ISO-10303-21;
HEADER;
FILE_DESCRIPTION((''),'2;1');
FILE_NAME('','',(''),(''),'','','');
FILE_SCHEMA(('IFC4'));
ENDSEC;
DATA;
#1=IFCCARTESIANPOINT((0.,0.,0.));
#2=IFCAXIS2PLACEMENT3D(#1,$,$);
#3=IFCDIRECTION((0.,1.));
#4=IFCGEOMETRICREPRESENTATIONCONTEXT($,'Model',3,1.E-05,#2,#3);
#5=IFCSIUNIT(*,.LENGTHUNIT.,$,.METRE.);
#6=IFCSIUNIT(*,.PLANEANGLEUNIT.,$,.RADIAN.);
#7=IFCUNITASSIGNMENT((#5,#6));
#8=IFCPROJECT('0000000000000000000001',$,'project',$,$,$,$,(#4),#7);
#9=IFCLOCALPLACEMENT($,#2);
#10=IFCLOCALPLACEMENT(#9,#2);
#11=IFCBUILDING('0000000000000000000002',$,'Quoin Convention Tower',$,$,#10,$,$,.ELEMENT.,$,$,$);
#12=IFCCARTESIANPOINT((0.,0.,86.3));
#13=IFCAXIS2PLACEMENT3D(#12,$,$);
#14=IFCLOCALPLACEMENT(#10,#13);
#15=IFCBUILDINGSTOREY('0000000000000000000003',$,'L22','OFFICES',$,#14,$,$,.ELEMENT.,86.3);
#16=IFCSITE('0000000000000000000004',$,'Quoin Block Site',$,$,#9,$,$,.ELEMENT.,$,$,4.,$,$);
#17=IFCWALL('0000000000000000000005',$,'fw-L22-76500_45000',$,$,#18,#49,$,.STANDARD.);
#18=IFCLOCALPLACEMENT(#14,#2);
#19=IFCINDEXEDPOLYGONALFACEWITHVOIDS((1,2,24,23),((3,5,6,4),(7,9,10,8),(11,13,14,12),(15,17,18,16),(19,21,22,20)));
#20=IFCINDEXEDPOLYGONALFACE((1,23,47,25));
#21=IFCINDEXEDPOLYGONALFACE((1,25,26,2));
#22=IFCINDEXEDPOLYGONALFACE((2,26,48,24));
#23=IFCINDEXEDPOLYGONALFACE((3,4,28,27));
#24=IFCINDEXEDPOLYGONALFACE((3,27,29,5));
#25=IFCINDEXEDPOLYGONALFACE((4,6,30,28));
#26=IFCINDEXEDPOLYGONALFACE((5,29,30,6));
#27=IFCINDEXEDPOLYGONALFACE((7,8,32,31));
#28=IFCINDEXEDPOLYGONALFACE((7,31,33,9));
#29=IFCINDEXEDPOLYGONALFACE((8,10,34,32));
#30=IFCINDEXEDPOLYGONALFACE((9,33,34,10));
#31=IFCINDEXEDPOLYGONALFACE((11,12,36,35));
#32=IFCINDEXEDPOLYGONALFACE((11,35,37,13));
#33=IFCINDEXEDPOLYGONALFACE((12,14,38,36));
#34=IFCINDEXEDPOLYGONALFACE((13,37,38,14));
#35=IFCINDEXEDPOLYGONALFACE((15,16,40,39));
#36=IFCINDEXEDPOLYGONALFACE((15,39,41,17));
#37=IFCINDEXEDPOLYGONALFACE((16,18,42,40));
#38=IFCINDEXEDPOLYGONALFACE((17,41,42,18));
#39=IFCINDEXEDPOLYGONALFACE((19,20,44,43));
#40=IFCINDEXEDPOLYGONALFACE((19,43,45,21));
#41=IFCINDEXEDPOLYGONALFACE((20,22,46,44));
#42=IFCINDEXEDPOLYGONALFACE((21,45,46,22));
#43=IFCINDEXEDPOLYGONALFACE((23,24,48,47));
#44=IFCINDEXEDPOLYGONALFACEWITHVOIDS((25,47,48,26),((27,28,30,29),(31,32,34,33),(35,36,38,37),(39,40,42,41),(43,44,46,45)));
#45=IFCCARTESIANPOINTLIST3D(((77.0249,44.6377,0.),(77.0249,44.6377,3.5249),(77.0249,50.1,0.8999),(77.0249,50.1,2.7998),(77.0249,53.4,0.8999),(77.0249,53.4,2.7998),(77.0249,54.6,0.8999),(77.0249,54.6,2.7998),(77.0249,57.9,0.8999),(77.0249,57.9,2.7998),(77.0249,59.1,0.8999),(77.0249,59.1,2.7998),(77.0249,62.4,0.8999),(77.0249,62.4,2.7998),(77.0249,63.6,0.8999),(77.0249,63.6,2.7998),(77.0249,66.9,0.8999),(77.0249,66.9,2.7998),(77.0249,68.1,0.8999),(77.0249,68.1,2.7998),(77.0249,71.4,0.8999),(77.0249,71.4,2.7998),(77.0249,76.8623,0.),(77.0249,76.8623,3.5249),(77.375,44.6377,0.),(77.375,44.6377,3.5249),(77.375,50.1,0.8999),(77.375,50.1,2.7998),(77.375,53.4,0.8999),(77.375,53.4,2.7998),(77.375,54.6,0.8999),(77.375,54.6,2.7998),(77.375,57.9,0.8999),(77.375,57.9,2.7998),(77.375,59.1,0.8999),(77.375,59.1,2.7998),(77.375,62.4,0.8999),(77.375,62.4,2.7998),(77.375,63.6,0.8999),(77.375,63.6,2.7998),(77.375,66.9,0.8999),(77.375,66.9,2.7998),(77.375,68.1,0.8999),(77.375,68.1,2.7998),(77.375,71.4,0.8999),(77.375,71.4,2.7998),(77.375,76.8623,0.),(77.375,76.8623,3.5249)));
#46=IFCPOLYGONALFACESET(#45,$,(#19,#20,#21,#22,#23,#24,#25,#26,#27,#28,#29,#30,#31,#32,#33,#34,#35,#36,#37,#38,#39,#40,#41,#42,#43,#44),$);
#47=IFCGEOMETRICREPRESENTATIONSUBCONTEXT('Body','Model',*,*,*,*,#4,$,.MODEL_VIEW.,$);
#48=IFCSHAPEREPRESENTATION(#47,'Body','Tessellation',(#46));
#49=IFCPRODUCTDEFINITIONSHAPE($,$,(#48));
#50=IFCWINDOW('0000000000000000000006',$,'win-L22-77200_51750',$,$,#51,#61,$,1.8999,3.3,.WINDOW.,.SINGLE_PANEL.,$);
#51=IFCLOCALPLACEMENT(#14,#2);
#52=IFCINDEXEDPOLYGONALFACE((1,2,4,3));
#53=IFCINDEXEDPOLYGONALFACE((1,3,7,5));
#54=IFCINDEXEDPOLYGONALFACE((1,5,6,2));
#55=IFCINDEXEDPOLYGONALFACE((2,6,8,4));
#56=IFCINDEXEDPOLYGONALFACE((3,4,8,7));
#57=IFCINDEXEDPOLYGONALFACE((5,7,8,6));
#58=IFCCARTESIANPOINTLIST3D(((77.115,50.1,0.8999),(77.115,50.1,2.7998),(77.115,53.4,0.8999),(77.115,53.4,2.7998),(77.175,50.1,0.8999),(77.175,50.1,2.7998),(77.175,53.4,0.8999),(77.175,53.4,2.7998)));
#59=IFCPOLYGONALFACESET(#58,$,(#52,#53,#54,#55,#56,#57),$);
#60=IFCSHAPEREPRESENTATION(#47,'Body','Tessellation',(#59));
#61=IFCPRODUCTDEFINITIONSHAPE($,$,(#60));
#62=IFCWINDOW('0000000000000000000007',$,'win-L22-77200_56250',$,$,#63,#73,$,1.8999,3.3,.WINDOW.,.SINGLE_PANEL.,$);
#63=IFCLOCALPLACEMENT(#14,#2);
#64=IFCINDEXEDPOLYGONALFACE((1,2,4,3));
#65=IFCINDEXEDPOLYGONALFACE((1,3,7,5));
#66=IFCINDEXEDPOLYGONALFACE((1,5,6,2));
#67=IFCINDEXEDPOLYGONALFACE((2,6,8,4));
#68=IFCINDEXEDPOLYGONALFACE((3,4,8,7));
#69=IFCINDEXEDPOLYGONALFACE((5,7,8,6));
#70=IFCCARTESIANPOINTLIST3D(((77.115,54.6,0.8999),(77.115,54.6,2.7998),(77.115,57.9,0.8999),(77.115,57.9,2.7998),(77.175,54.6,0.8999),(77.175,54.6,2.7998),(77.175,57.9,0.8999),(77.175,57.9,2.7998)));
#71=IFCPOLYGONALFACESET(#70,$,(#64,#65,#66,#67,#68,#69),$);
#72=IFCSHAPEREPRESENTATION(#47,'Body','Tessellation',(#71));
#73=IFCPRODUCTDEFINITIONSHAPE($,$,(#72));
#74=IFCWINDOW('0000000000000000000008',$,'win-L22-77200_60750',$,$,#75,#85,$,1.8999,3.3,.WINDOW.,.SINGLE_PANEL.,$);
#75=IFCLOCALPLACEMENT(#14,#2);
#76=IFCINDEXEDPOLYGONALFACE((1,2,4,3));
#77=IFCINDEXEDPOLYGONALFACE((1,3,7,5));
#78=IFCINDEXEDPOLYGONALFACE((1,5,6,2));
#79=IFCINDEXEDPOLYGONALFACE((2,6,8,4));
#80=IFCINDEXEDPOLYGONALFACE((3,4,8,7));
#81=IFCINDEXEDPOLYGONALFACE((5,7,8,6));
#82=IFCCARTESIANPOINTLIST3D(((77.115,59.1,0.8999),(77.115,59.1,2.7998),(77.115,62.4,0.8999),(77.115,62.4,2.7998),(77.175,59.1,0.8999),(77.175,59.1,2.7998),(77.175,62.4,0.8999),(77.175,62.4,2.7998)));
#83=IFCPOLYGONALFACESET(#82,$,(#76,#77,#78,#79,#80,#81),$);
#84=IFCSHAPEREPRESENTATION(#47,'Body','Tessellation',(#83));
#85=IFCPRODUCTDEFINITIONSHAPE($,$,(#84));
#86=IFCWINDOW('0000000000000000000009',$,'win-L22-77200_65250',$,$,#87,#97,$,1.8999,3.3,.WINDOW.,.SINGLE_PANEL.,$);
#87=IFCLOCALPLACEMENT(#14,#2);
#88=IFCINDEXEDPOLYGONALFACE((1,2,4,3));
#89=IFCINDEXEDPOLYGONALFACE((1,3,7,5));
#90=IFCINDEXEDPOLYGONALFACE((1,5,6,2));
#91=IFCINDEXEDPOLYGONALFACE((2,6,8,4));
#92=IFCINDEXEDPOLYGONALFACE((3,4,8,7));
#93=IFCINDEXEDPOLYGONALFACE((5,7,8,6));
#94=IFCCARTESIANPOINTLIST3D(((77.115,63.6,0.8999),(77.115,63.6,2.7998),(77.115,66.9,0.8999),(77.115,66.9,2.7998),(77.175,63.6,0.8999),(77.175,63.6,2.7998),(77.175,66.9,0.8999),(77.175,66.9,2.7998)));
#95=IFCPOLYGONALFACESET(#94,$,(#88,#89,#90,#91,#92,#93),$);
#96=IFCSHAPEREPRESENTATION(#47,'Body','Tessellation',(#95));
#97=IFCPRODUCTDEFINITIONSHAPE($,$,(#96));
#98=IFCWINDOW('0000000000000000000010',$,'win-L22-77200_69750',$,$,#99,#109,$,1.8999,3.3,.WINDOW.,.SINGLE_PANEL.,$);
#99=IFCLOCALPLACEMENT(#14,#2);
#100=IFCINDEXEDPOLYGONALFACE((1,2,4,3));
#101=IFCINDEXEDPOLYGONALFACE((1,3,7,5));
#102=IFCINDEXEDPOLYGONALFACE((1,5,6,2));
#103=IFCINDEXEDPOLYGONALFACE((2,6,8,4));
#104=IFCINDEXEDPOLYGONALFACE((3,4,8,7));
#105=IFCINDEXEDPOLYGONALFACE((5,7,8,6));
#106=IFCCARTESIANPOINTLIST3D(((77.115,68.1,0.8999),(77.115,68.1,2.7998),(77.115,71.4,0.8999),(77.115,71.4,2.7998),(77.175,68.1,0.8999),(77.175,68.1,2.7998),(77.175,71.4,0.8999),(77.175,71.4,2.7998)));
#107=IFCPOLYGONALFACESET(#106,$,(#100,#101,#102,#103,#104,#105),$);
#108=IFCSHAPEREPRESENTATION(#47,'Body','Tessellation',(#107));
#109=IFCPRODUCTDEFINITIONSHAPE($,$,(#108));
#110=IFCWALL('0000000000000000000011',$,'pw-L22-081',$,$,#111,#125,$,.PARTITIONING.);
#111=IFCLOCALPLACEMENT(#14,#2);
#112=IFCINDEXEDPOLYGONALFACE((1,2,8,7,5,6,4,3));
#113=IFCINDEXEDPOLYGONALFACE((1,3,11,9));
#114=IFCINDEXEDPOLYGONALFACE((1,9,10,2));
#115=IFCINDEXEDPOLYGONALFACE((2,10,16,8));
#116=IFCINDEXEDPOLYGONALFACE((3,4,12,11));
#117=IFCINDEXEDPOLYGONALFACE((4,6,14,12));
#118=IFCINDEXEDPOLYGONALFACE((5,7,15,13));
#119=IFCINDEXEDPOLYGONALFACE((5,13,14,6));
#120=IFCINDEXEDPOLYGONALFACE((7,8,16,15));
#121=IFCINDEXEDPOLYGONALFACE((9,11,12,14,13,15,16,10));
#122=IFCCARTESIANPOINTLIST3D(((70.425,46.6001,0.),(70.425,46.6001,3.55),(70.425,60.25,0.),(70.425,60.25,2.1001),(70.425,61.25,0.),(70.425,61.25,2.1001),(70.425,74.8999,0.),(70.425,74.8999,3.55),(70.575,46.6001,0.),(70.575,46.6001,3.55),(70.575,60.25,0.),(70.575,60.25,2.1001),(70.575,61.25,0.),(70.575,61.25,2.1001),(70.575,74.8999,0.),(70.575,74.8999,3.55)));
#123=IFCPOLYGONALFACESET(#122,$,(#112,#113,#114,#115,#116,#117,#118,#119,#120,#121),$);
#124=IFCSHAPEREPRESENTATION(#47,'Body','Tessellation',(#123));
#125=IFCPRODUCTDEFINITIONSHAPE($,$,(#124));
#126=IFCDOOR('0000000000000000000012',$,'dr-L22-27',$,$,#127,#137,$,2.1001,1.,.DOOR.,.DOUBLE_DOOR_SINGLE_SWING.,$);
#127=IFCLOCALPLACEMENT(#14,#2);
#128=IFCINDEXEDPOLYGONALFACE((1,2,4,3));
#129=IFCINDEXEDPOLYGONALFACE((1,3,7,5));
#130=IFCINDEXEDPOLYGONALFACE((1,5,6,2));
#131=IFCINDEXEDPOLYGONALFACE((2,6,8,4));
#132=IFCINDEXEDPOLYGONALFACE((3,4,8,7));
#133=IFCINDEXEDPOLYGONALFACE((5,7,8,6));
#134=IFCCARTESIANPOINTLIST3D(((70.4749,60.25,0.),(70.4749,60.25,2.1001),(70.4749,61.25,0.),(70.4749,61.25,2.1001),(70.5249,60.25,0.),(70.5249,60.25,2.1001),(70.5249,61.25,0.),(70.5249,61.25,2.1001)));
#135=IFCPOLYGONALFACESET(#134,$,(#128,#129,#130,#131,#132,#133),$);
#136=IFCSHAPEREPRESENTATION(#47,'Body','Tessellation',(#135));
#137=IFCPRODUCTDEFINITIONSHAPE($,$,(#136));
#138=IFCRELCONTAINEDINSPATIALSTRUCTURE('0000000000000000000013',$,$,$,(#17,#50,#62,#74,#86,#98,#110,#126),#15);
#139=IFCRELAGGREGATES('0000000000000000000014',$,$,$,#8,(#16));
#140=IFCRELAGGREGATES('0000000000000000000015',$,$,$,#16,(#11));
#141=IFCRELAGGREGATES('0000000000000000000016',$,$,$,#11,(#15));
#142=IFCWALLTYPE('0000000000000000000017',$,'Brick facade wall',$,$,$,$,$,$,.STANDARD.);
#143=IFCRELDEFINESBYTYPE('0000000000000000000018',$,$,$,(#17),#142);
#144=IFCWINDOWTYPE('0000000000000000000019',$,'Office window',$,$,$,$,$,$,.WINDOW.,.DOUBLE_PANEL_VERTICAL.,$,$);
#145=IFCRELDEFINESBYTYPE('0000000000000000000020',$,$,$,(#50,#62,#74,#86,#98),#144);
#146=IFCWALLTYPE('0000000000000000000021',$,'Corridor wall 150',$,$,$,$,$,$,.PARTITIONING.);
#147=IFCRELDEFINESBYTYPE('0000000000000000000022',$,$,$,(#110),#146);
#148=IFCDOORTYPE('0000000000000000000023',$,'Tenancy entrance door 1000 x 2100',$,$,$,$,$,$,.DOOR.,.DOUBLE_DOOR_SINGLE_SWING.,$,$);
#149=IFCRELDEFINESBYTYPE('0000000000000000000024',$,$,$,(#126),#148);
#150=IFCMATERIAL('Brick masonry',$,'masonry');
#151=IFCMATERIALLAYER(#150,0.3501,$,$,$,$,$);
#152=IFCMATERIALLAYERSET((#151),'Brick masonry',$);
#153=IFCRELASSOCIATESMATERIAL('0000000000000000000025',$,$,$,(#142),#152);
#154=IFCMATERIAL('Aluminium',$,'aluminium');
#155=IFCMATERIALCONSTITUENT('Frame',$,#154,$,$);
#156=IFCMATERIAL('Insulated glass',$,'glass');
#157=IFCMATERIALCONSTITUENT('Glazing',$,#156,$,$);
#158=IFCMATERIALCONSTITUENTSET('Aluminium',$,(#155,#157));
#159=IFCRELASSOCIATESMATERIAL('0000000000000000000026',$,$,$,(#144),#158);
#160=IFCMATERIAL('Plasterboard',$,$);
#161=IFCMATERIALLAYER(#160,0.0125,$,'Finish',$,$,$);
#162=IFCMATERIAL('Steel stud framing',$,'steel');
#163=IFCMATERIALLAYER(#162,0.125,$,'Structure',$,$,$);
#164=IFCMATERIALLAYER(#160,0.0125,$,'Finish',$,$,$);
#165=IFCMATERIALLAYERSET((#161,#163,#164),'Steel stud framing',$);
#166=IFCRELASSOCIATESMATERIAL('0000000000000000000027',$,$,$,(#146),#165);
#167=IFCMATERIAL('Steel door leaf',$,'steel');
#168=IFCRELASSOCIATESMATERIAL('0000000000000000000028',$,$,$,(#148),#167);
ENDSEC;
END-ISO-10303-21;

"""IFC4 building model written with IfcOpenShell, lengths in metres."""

from ifc_helpers import new_model, si_unit, direction, frame, frame_2d, origin, place, context, subcontext, project, spatial, rectangle, extrude, material, layer, layer_set, constituent, constituent_set, type_object, element, fill, save


model = new_model("IFC4")

# Units and contexts
model_context = context("Model", 3, precision=1e-05, world=origin(), true_north=direction((0.0, 1.0)))
body_context = subcontext(model_context, "Body", "Model", "MODEL_VIEW")
ifc_project = project(units=[si_unit("LENGTHUNIT", "METRE"), si_unit("PLANEANGLEUNIT", "RADIAN")], contexts=[model_context])

# Site, building, storey
site_placement = place(None, origin())
site = spatial("IfcSite", under=ifc_project, at=site_placement, Name="Quoin Block Site", CompositionType="ELEMENT", RefElevation=4.0)
building_placement = place(site_placement, origin())
building = spatial("IfcBuilding", under=site, at=building_placement, Name="Quoin Convention Tower", CompositionType="ELEMENT")
storey_placement = place(building_placement, frame((0.0, 0.0, 86.3)))
storey = spatial("IfcBuildingStorey", under=building, at=storey_placement, Name="L22", Description="OFFICES", CompositionType="ELEMENT", Elevation=86.3)

# Wall, openings, windows
ifc_material_1 = material(Name="Brick masonry", Category="masonry")
ifc_layer_1 = layer(ifc_material_1, 0.3501)
ifc_layer_set_1 = layer_set([ifc_layer_1], Name="Brick masonry")
wall_type_1 = type_object("IfcWallType", Name="Brick facade wall", PredefinedType="STANDARD", material=ifc_layer_set_1)
wall_1_placement = place(storey_placement, frame((77.2, 44.6377, 0.0), z_axis=(0.0, 0.0, 1.0), x_axis=(0.0, 1.0, 0.0)))
wall_1 = element("IfcWall", 1, at=wall_1_placement, inside=storey, type_object=wall_type_1, Name="fw-L22-76500_45000", PredefinedType="STANDARD", context=body_context, shape_type="SweptSolid", body=[
    extrude(rectangle(XDim=32.2246, YDim=0.3501, at=frame_2d((16.1123, 0.0))), origin(), (0.0, 0.0, 1.0), 3.5249),
])
opening_1_placement = place(wall_1_placement, frame((5.4624, 0.0, 0.8999)))
opening_1 = element("IfcOpeningElement", 2, at=opening_1_placement, cuts=wall_1, PredefinedType="OPENING", context=body_context, shape_type="SweptSolid", body=[
    extrude(rectangle(XDim=3.3, YDim=1.8999, at=frame_2d((1.6499, 0.95))), frame((0.0, 0.1851, 0.0), z_axis=(0.0, -1.0, 0.0), x_axis=(1.0, 0.0, 0.0)), (0.0, 0.0, 1.0), 0.3701),
])
opening_2_placement = place(wall_1_placement, frame((9.9624, 0.0, 0.8999)))
opening_2 = element("IfcOpeningElement", 3, at=opening_2_placement, cuts=wall_1, PredefinedType="OPENING", context=body_context, shape_type="SweptSolid", body=[
    extrude(rectangle(XDim=3.3, YDim=1.8999, at=frame_2d((1.6499, 0.95))), frame((0.0, 0.1851, 0.0), z_axis=(0.0, -1.0, 0.0), x_axis=(1.0, 0.0, 0.0)), (0.0, 0.0, 1.0), 0.3701),
])
opening_3_placement = place(wall_1_placement, frame((14.4624, 0.0, 0.8999)))
opening_3 = element("IfcOpeningElement", 4, at=opening_3_placement, cuts=wall_1, PredefinedType="OPENING", context=body_context, shape_type="SweptSolid", body=[
    extrude(rectangle(XDim=3.3, YDim=1.8999, at=frame_2d((1.6499, 0.95))), frame((0.0, 0.1851, 0.0), z_axis=(0.0, -1.0, 0.0), x_axis=(1.0, 0.0, 0.0)), (0.0, 0.0, 1.0), 0.3701),
])
opening_4_placement = place(wall_1_placement, frame((18.9624, 0.0, 0.8999)))
opening_4 = element("IfcOpeningElement", 5, at=opening_4_placement, cuts=wall_1, PredefinedType="OPENING", context=body_context, shape_type="SweptSolid", body=[
    extrude(rectangle(XDim=3.3, YDim=1.8999, at=frame_2d((1.6499, 0.95))), frame((0.0, 0.1851, 0.0), z_axis=(0.0, -1.0, 0.0), x_axis=(1.0, 0.0, 0.0)), (0.0, 0.0, 1.0), 0.3701),
])
opening_5_placement = place(wall_1_placement, frame((23.4624, 0.0, 0.8999)))
opening_5 = element("IfcOpeningElement", 6, at=opening_5_placement, cuts=wall_1, PredefinedType="OPENING", context=body_context, shape_type="SweptSolid", body=[
    extrude(rectangle(XDim=3.3, YDim=1.8999, at=frame_2d((1.6499, 0.95))), frame((0.0, 0.1851, 0.0), z_axis=(0.0, -1.0, 0.0), x_axis=(1.0, 0.0, 0.0)), (0.0, 0.0, 1.0), 0.3701),
])
ifc_material_2 = material(Name="Aluminium", Category="aluminium")
ifc_constituent_1 = constituent(ifc_material_2, Name="Frame")
ifc_material_3 = material(Name="Insulated glass", Category="glass")
ifc_constituent_2 = constituent(ifc_material_3, Name="Glazing")
ifc_constituent_set = constituent_set(constituents=[ifc_constituent_1, ifc_constituent_2], Name="Aluminium")
window_type = type_object("IfcWindowType", Name="Office window", PartitioningType="DOUBLE_PANEL_VERTICAL", PredefinedType="WINDOW", material=ifc_constituent_set)
window_1_placement = place(opening_1_placement, origin())
window_1 = element("IfcWindow", 7, at=window_1_placement, inside=storey, type_object=window_type, Name="win-L22-77200_51750", OverallHeight=1.8999, OverallWidth=3.3, PartitioningType="SINGLE_PANEL", PredefinedType="WINDOW", context=body_context, shape_type="SweptSolid", body=[
    extrude(rectangle(XDim=3.3, YDim=1.8999, at=frame_2d((1.6499, 0.95))), frame((0.0, 0.085, 0.0), z_axis=(0.0, -1.0, 0.0), x_axis=(1.0, 0.0, 0.0)), (0.0, 0.0, 1.0), 0.0601),
])
fill(opening_1, window_1)
window_2_placement = place(opening_2_placement, origin())
window_2 = element("IfcWindow", 8, at=window_2_placement, inside=storey, type_object=window_type, Name="win-L22-77200_56250", OverallHeight=1.8999, OverallWidth=3.3, PartitioningType="SINGLE_PANEL", PredefinedType="WINDOW", context=body_context, shape_type="SweptSolid", body=[
    extrude(rectangle(XDim=3.3, YDim=1.8999, at=frame_2d((1.6499, 0.95))), frame((0.0, 0.085, 0.0), z_axis=(0.0, -1.0, 0.0), x_axis=(1.0, 0.0, 0.0)), (0.0, 0.0, 1.0), 0.0601),
])
fill(opening_2, window_2)
window_3_placement = place(opening_3_placement, origin())
window_3 = element("IfcWindow", 9, at=window_3_placement, inside=storey, type_object=window_type, Name="win-L22-77200_60750", OverallHeight=1.8999, OverallWidth=3.3, PartitioningType="SINGLE_PANEL", PredefinedType="WINDOW", context=body_context, shape_type="SweptSolid", body=[
    extrude(rectangle(XDim=3.3, YDim=1.8999, at=frame_2d((1.6499, 0.95))), frame((0.0, 0.085, 0.0), z_axis=(0.0, -1.0, 0.0), x_axis=(1.0, 0.0, 0.0)), (0.0, 0.0, 1.0), 0.0601),
])
fill(opening_3, window_3)
window_4_placement = place(opening_4_placement, origin())
window_4 = element("IfcWindow", 10, at=window_4_placement, inside=storey, type_object=window_type, Name="win-L22-77200_65250", OverallHeight=1.8999, OverallWidth=3.3, PartitioningType="SINGLE_PANEL", PredefinedType="WINDOW", context=body_context, shape_type="SweptSolid", body=[
    extrude(rectangle(XDim=3.3, YDim=1.8999, at=frame_2d((1.6499, 0.95))), frame((0.0, 0.085, 0.0), z_axis=(0.0, -1.0, 0.0), x_axis=(1.0, 0.0, 0.0)), (0.0, 0.0, 1.0), 0.0601),
])
fill(opening_4, window_4)
window_5_placement = place(opening_5_placement, origin())
window_5 = element("IfcWindow", 11, at=window_5_placement, inside=storey, type_object=window_type, Name="win-L22-77200_69750", OverallHeight=1.8999, OverallWidth=3.3, PartitioningType="SINGLE_PANEL", PredefinedType="WINDOW", context=body_context, shape_type="SweptSolid", body=[
    extrude(rectangle(XDim=3.3, YDim=1.8999, at=frame_2d((1.6499, 0.95))), frame((0.0, 0.085, 0.0), z_axis=(0.0, -1.0, 0.0), x_axis=(1.0, 0.0, 0.0)), (0.0, 0.0, 1.0), 0.0601),
])
fill(opening_5, window_5)

# Wall, opening, door
ifc_material_4 = material(Name="Plasterboard")
ifc_layer_2 = layer(ifc_material_4, 0.0125, Name="Finish")
ifc_material_5 = material(Name="Steel stud framing", Category="steel")
ifc_layer_3 = layer(ifc_material_5, 0.125, Name="Structure")
ifc_layer_4 = layer(ifc_material_4, 0.0125, Name="Finish")
ifc_layer_set_2 = layer_set([ifc_layer_2, ifc_layer_3, ifc_layer_4], Name="Steel stud framing")
wall_type_2 = type_object("IfcWallType", Name="Corridor wall 150", PredefinedType="PARTITIONING", material=ifc_layer_set_2)
wall_2_placement = place(storey_placement, frame((70.5, 46.6001, 0.0), z_axis=(0.0, 0.0, 1.0), x_axis=(0.0, 1.0, 0.0)))
wall_2 = element("IfcWall", 12, at=wall_2_placement, inside=storey, type_object=wall_type_2, Name="pw-L22-081", PredefinedType="PARTITIONING", context=body_context, shape_type="SweptSolid", body=[
    extrude(rectangle(XDim=28.2998, YDim=0.1499, at=frame_2d((14.1499, 0.0))), origin(), (0.0, 0.0, 1.0), 3.55),
])
opening_6_placement = place(wall_2_placement, frame((13.6499, 0.0, 0.0)))
opening_6 = element("IfcOpeningElement", 13, at=opening_6_placement, cuts=wall_2, PredefinedType="OPENING", context=body_context, shape_type="SweptSolid", body=[
    extrude(rectangle(XDim=1.0, YDim=2.1001, at=frame_2d((0.5, 1.05))), frame((0.0, 0.085, 0.0), z_axis=(0.0, -1.0, 0.0), x_axis=(1.0, 0.0, 0.0)), (0.0, 0.0, 1.0), 0.1699),
])
ifc_material_6 = material(Name="Steel door leaf", Category="steel")
door_type_1 = type_object("IfcDoorType", Name="Tenancy entrance door 1000 x 2100", OperationType="DOUBLE_DOOR_SINGLE_SWING", PredefinedType="DOOR", material=ifc_material_6)
door_1_placement = place(opening_6_placement, frame((1.0, 0.0, 0.0), z_axis=(0.0, 0.0, 1.0), x_axis=(-1.0, 0.0, 0.0)))
door_1 = element("IfcDoor", 14, at=door_1_placement, inside=storey, type_object=door_type_1, Name="dr-L22-27", OperationType="DOUBLE_DOOR_SINGLE_SWING", OverallHeight=2.1001, OverallWidth=1.0, PredefinedType="DOOR", context=body_context, shape_type="SweptSolid", body=[
    extrude(rectangle(XDim=1.0, YDim=2.1001, at=frame_2d((0.5, 1.05))), frame((0.0, 0.0249, 0.0), z_axis=(0.0, -1.0, 0.0), x_axis=(1.0, 0.0, 0.0)), (0.0, 0.0, 1.0), 0.05),
])
fill(opening_6, door_1)

save(model, "model.ifc")
